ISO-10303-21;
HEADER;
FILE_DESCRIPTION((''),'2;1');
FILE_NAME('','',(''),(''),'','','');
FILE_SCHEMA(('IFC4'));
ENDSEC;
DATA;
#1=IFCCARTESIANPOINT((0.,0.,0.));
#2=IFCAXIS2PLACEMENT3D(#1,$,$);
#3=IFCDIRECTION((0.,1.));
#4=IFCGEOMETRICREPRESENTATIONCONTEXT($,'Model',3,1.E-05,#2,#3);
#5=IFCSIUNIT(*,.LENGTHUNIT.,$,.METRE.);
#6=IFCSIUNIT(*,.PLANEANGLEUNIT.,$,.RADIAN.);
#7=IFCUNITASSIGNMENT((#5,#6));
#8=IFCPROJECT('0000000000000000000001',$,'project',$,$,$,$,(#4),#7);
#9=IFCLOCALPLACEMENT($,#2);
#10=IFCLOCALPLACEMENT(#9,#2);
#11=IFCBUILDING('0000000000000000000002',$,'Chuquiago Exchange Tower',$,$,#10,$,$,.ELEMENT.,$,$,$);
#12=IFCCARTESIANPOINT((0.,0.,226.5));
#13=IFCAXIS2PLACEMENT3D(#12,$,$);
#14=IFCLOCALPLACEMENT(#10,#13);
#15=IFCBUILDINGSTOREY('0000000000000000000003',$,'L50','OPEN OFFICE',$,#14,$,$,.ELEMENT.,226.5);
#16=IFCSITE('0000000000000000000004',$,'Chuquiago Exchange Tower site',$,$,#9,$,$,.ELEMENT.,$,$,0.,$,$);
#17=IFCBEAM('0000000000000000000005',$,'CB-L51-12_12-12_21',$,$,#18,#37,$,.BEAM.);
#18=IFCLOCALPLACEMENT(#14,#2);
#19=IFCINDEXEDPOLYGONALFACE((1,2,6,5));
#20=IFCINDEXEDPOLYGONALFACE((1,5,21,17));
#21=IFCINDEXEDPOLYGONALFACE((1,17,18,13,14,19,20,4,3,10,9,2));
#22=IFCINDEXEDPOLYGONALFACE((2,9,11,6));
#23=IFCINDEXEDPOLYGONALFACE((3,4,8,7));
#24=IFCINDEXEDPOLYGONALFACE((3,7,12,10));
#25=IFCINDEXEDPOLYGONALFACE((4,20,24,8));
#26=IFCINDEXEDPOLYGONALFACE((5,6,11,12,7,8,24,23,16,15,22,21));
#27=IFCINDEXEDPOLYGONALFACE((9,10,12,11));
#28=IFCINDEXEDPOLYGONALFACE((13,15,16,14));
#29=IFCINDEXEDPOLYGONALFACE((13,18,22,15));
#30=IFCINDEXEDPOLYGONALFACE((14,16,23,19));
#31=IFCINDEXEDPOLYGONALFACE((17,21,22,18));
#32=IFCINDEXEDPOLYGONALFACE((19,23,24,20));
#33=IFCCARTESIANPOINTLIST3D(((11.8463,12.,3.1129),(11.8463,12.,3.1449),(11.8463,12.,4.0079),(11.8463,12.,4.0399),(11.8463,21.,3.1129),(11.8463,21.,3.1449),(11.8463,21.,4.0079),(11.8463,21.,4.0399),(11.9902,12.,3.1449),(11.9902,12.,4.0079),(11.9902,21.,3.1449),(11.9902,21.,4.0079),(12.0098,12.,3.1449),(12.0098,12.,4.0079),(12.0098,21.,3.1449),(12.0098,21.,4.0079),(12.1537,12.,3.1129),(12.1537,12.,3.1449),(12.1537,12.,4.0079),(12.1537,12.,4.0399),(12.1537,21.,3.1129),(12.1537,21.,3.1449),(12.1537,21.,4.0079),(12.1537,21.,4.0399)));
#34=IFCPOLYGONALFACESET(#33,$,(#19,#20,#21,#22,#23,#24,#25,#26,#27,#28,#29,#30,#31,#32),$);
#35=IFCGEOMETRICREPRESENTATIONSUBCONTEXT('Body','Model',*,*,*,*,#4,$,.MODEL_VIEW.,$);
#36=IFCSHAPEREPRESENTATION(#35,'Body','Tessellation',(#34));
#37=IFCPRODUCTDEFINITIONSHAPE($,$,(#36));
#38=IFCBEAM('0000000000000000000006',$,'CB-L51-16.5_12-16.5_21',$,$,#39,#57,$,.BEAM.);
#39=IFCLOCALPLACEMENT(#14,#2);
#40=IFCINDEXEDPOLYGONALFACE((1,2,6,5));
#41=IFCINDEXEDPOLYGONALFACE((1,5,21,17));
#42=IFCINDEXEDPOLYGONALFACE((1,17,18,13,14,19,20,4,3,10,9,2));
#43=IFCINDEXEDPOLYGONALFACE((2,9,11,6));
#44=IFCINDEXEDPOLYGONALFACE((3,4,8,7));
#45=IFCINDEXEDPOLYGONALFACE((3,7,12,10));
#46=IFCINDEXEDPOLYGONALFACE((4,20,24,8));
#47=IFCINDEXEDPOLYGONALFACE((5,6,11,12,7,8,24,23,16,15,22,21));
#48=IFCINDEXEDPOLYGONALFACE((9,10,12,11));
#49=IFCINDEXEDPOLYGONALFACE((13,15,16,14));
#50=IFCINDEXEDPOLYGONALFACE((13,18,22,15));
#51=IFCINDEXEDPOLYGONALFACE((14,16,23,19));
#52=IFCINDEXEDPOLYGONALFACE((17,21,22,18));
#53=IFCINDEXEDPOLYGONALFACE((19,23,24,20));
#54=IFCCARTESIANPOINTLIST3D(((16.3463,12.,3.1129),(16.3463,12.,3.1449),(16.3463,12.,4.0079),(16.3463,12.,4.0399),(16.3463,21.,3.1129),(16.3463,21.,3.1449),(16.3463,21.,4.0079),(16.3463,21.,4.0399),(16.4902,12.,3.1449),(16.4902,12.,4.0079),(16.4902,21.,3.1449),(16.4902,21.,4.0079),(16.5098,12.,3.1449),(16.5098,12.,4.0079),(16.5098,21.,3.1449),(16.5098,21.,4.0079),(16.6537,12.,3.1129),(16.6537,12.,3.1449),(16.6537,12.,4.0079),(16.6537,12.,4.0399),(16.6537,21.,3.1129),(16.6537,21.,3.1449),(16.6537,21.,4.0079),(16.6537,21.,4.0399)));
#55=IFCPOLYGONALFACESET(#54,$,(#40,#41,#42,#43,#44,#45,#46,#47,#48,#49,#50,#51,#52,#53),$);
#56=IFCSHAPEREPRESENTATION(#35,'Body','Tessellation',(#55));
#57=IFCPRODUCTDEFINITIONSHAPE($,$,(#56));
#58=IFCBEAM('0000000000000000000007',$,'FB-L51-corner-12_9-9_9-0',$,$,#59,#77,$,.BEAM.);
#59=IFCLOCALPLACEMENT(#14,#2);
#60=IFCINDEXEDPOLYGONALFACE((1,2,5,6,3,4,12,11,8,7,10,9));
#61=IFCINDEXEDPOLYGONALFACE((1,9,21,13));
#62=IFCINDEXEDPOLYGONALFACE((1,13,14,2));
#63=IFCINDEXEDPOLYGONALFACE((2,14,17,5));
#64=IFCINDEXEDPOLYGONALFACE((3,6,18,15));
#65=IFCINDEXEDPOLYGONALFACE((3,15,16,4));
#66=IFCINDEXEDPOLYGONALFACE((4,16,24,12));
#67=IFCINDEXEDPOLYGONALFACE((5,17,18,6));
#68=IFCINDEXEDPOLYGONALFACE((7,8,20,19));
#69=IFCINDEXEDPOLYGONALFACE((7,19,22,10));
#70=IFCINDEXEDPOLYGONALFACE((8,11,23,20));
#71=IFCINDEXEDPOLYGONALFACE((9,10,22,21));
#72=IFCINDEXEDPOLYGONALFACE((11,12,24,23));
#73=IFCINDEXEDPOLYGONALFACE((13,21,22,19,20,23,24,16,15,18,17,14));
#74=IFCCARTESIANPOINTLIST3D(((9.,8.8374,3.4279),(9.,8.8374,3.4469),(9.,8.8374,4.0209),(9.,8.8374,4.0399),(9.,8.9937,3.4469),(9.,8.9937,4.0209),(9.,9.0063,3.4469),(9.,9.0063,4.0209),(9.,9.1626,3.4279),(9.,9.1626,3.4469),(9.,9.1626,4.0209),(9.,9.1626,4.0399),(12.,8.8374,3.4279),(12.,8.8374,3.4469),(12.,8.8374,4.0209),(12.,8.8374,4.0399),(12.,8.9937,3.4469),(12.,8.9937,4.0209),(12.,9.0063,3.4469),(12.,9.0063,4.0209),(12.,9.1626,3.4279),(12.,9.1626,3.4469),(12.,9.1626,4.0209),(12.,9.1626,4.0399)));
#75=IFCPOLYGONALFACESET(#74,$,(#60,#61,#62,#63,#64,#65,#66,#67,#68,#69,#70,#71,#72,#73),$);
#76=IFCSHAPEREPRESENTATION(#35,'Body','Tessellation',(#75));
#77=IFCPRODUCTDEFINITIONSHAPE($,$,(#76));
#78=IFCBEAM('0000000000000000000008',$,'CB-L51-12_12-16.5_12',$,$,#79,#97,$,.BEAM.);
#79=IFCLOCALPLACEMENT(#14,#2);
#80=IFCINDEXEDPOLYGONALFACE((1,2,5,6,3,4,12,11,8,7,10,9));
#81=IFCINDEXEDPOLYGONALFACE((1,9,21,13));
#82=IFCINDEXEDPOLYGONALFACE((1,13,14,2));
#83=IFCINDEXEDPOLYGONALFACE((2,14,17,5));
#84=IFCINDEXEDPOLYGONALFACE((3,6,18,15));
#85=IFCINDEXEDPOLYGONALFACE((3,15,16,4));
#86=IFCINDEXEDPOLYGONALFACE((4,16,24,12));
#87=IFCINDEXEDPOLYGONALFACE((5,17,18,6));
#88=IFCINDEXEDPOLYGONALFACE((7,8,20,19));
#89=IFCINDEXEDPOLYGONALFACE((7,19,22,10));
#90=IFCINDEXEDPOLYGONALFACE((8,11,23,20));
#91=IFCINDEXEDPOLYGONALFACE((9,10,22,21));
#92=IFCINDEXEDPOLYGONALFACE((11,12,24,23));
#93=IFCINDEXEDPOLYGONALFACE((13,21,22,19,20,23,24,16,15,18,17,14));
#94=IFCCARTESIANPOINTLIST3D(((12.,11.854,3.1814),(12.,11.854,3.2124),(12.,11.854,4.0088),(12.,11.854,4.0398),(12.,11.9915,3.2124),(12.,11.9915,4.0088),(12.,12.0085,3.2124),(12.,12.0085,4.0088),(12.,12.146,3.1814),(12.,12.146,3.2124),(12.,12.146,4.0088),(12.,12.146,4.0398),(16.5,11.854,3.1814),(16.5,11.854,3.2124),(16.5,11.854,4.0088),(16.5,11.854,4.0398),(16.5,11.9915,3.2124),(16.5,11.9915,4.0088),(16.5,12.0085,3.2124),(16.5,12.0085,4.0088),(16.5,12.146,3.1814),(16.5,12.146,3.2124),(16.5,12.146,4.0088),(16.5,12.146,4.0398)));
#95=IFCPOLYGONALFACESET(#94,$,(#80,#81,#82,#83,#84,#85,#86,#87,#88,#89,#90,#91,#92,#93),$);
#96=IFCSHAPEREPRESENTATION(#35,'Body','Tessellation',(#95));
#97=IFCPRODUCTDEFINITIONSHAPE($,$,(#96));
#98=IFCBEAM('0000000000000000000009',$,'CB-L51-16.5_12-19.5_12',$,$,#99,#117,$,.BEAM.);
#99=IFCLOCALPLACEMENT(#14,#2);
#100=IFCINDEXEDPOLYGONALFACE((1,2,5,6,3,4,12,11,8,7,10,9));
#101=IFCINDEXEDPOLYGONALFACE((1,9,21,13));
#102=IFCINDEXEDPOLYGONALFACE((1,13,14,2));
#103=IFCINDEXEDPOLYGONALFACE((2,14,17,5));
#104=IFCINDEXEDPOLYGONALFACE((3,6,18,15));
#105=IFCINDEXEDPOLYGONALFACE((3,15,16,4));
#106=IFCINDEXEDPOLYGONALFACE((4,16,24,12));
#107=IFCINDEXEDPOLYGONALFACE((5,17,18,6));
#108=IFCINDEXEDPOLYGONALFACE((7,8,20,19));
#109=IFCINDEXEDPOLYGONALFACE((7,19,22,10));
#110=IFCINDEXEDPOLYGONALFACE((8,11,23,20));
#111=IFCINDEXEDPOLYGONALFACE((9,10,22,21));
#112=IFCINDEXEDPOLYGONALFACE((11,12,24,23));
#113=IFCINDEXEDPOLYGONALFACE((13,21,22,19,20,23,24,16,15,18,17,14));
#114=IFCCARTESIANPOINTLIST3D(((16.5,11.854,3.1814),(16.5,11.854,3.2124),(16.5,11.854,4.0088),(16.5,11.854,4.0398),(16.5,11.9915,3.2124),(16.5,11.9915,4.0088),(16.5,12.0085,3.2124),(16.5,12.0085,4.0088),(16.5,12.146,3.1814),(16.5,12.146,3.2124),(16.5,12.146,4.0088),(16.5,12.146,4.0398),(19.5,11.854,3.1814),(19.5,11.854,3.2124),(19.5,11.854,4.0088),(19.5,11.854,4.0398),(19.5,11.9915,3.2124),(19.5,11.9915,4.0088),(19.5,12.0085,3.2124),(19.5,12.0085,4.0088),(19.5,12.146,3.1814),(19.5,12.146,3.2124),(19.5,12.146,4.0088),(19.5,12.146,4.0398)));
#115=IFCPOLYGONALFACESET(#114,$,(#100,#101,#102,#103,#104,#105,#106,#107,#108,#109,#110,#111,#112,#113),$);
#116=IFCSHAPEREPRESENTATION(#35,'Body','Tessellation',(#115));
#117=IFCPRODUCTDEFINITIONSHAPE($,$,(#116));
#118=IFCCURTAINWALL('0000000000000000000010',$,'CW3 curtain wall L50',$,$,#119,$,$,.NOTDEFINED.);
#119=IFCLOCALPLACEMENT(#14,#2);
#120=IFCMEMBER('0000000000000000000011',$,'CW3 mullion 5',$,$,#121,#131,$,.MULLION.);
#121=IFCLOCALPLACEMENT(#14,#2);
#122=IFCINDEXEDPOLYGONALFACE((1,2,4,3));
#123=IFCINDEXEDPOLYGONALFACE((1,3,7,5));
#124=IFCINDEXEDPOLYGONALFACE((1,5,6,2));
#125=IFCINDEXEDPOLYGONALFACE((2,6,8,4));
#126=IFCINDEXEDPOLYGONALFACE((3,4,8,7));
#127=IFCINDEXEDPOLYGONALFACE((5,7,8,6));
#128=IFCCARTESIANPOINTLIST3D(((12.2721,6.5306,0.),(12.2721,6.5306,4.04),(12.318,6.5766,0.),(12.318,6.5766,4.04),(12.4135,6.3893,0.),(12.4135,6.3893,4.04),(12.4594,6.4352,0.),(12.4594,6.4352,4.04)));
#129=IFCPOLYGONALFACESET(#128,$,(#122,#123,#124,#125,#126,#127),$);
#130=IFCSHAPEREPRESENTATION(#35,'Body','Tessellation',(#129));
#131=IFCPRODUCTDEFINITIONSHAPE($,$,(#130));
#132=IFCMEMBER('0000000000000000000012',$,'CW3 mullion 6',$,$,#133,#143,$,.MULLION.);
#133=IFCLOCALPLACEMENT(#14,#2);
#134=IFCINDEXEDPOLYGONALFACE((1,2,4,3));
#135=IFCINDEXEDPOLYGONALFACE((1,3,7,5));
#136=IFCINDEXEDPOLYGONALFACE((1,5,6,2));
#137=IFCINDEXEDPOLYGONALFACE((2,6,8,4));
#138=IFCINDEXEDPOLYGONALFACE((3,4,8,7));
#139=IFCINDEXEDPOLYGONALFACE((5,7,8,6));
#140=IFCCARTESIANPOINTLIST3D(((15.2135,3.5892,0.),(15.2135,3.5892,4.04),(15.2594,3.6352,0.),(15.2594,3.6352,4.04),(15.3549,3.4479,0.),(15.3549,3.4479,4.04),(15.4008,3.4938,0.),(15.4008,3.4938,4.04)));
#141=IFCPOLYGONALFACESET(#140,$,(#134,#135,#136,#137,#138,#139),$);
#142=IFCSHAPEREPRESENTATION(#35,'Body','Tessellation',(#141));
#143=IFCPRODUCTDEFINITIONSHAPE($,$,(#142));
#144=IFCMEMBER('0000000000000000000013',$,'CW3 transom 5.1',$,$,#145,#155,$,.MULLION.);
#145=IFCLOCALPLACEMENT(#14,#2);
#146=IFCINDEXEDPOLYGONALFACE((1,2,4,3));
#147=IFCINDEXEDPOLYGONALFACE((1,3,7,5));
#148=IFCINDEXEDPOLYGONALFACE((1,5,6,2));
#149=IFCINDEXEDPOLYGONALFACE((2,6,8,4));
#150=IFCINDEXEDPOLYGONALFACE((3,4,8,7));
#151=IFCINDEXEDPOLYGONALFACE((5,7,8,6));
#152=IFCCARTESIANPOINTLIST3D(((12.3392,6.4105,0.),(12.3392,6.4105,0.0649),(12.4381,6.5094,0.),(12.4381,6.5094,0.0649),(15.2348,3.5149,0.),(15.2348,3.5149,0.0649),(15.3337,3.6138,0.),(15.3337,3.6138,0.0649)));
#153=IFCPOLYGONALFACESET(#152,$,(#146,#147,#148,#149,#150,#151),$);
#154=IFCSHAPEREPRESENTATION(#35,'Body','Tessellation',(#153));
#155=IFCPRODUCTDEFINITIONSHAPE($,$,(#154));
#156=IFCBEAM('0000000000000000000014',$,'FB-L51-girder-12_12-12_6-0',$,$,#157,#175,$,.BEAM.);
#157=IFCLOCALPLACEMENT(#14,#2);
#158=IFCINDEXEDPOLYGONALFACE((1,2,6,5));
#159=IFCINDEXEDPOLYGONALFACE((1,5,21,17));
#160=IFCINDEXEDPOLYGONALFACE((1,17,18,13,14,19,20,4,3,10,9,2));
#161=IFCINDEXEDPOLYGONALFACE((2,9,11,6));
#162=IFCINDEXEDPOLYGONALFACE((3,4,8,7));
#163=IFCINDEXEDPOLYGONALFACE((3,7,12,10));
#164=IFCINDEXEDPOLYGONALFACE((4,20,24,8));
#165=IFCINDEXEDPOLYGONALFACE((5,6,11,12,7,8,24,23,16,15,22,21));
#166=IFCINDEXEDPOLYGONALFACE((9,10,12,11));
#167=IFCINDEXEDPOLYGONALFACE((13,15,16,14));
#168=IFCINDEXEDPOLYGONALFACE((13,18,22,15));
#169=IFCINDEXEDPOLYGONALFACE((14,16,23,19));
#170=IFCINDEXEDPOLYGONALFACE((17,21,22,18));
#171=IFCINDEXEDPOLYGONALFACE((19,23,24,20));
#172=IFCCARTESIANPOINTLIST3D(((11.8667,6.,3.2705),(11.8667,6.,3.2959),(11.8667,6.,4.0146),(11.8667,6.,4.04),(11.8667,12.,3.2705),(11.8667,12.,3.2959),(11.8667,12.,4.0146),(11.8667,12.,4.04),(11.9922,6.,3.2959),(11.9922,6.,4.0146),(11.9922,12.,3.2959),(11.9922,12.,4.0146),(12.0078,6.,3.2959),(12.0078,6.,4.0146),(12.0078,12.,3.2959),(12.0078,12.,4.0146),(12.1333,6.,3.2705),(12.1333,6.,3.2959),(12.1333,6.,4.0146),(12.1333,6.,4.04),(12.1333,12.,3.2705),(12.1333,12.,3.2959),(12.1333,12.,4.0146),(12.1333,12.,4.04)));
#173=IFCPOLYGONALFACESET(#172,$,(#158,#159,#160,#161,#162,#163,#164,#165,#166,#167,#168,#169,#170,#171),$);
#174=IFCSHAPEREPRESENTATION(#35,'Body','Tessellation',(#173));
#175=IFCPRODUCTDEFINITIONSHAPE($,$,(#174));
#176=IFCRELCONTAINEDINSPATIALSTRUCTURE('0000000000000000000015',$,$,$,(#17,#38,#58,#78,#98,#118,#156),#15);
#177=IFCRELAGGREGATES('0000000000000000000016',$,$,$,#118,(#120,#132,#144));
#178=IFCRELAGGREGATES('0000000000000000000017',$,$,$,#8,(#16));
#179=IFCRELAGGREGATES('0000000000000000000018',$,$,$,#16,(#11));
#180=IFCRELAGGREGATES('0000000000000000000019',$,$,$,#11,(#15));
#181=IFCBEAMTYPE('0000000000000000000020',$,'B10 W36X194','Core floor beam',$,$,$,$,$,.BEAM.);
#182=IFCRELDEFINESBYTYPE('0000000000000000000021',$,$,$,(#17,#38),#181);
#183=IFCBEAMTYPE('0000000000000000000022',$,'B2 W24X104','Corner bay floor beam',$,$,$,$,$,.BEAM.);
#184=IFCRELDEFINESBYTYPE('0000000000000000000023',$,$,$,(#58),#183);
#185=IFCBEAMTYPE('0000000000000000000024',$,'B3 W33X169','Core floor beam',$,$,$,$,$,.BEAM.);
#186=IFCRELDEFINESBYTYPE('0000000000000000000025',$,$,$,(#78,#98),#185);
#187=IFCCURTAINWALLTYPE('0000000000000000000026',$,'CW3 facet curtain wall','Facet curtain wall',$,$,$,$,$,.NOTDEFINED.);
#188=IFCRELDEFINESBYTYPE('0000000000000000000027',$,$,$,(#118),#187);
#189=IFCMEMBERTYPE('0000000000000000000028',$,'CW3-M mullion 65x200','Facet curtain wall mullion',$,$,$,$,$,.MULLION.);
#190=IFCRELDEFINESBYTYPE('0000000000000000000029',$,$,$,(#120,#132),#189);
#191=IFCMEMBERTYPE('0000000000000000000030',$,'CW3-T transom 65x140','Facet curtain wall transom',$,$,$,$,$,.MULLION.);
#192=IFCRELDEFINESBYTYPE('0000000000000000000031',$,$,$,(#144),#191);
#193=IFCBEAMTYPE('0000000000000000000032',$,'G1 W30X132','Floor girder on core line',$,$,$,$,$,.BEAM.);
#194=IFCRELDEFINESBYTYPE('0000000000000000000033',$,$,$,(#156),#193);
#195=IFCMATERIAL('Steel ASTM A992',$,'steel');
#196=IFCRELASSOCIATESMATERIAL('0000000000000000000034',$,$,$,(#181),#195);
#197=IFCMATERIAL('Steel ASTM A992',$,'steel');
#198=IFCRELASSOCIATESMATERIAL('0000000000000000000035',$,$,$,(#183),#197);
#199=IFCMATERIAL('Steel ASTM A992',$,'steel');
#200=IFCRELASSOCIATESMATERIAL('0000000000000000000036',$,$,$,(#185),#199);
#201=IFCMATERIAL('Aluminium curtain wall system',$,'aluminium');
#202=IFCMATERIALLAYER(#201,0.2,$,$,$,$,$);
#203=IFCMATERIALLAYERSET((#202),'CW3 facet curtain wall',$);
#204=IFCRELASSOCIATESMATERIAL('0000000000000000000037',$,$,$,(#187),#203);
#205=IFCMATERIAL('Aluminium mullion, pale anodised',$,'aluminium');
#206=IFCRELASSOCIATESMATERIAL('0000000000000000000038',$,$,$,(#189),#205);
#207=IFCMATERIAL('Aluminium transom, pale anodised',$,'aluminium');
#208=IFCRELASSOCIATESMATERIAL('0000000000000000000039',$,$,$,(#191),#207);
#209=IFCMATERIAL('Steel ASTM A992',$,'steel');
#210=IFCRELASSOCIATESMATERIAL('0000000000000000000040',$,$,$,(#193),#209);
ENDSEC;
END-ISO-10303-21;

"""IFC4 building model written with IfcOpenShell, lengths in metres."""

from ifc_helpers import new_model, si_unit, direction, frame, origin, origin_2d, place, context, subcontext, project, spatial, rectangle, i_section, extrude, material, layer, layer_set, material_profile, profile_set, type_object, element, aggregate, save


model = new_model("IFC4")

# Units and contexts
model_context = context("Model", 3, precision=1e-05, world=origin(), true_north=direction((0.0, 1.0)))
body_context = subcontext(model_context, "Body", "Model", "MODEL_VIEW")
ifc_project = project(units=[si_unit("LENGTHUNIT", "METRE"), si_unit("PLANEANGLEUNIT", "RADIAN")], contexts=[model_context])

# Site, building, storey
site_placement = place(None, origin())
site = spatial("IfcSite", under=ifc_project, at=site_placement, Name="Chuquiago Exchange Tower site", CompositionType="ELEMENT", RefElevation=0.0)
building_placement = place(site_placement, origin())
building = spatial("IfcBuilding", under=site, at=building_placement, Name="Chuquiago Exchange Tower", CompositionType="ELEMENT")
storey_placement = place(building_placement, frame((0.0, 0.0, 226.5)))
storey = spatial("IfcBuildingStorey", under=building, at=storey_placement, Name="L50", Description="OPEN OFFICE", CompositionType="ELEMENT", Elevation=226.5)

# Beams
ifc_material_1 = material(Name="Steel ASTM A992", Category="steel")
ifc_material_profile_1 = material_profile(ifc_material_1, i_section(OverallWidth=0.3074, OverallDepth=0.927, WebThickness=0.0195, FlangeThickness=0.032, at=origin_2d()), Name="W36X194")
ifc_profile_set_1 = profile_set([ifc_material_profile_1], Name="Steel ASTM A992")
beam_type_1 = type_object("IfcBeamType", Name="B10 W36X194", Description="Core floor beam", PredefinedType="BEAM", material=ifc_profile_set_1)
for number, where, z_axis, x_axis, name in (
    (1, (12.0, 12.0, 3.5764), (0.0, 1.0, 0.0), (-1.0, 0.0, 0.0), "CB-L51-12_12-12_21"),
    (2, (16.5, 12.0, 3.5764), (0.0, 1.0, 0.0), (-1.0, 0.0, 0.0), "CB-L51-16.5_12-16.5_21"),
):
    element("IfcBeam", number, at=place(storey_placement, frame(where, z_axis=z_axis, x_axis=x_axis)), inside=storey, type_object=beam_type_1, Name=name, PredefinedType="BEAM", context=body_context, shape_type="SweptSolid", body=[
        extrude(i_section(OverallWidth=0.3074, OverallDepth=0.927, WebThickness=0.0195, FlangeThickness=0.032, at=origin_2d()), origin(), (0.0, 0.0, 1.0), 9.0),
    ])
ifc_material_2 = material(Name="Steel ASTM A992", Category="steel")
ifc_material_profile_2 = material_profile(ifc_material_2, i_section(OverallWidth=0.3252, OverallDepth=0.6121, WebThickness=0.0127, FlangeThickness=0.019, at=origin_2d()), Name="W24X104")
ifc_profile_set_2 = profile_set([ifc_material_profile_2], Name="Steel ASTM A992")
beam_type_2 = type_object("IfcBeamType", Name="B2 W24X104", Description="Corner bay floor beam", PredefinedType="BEAM", material=ifc_profile_set_2)
beam_1_placement = place(storey_placement, frame((12.0, 9.0, 3.7339), z_axis=(-1.0, 0.0, 0.0), x_axis=(0.0, -1.0, 0.0)))
element("IfcBeam", 3, at=beam_1_placement, inside=storey, type_object=beam_type_2, Name="FB-L51-corner-12_9-9_9-0", PredefinedType="BEAM", context=body_context, shape_type="SweptSolid", body=[
    extrude(i_section(OverallWidth=0.3252, OverallDepth=0.6121, WebThickness=0.0127, FlangeThickness=0.019, at=origin_2d()), origin(), (0.0, 0.0, 1.0), 3.0),
])
ifc_material_3 = material(Name="Steel ASTM A992", Category="steel")
ifc_material_profile_3 = material_profile(ifc_material_3, i_section(OverallWidth=0.292, OverallDepth=0.8584, WebThickness=0.0171, FlangeThickness=0.031, at=origin_2d()), Name="W33X169")
ifc_profile_set_3 = profile_set([ifc_material_profile_3], Name="Steel ASTM A992")
beam_type_3 = type_object("IfcBeamType", Name="B3 W33X169", Description="Core floor beam", PredefinedType="BEAM", material=ifc_profile_set_3)
beam_2_placement = place(storey_placement, frame((12.0, 12.0, 3.6106), z_axis=(1.0, 0.0, 0.0), x_axis=(0.0, 1.0, 0.0)))
element("IfcBeam", 4, at=beam_2_placement, inside=storey, type_object=beam_type_3, Name="CB-L51-12_12-16.5_12", PredefinedType="BEAM", context=body_context, shape_type="SweptSolid", body=[
    extrude(i_section(OverallWidth=0.292, OverallDepth=0.8584, WebThickness=0.0171, FlangeThickness=0.031, at=origin_2d()), origin(), (0.0, 0.0, 1.0), 4.5),
])
beam_3_placement = place(storey_placement, frame((16.5, 12.0, 3.6106), z_axis=(1.0, 0.0, 0.0), x_axis=(0.0, 1.0, 0.0)))
element("IfcBeam", 5, at=beam_3_placement, inside=storey, type_object=beam_type_3, Name="CB-L51-16.5_12-19.5_12", PredefinedType="BEAM", context=body_context, shape_type="SweptSolid", body=[
    extrude(i_section(OverallWidth=0.292, OverallDepth=0.8584, WebThickness=0.0171, FlangeThickness=0.031, at=origin_2d()), origin(), (0.0, 0.0, 1.0), 3.0),
])

# Curtain wall, members
ifc_material_4 = material(Name="Aluminium curtain wall system", Category="aluminium")
ifc_layer_1 = layer(ifc_material_4, 0.2)
ifc_layer_set_1 = layer_set([ifc_layer_1], Name="CW3 facet curtain wall")
curtain_wall_type = type_object("IfcCurtainWallType", Name="CW3 facet curtain wall", Description="Facet curtain wall", PredefinedType="NOTDEFINED", material=ifc_layer_set_1)
curtain_wall_placement = place(storey_placement, origin())
curtain_wall = element("IfcCurtainWall", 6, at=curtain_wall_placement, inside=storey, type_object=curtain_wall_type, Name="CW3 curtain wall L50", PredefinedType="NOTDEFINED")
ifc_material_5 = material(Name="Aluminium mullion, pale anodised", Category="aluminium")
ifc_material_profile_4 = material_profile(ifc_material_5, rectangle(XDim=0.0649, YDim=0.2, at=origin_2d()), Name="AL 65x200")
ifc_profile_set_4 = profile_set([ifc_material_profile_4], Name="Aluminium mullion, pale anodised")
member_type_1 = type_object("IfcMemberType", Name="CW3-M mullion 65x200", Description="Facet curtain wall mullion", PredefinedType="MULLION", material=ifc_profile_set_4)
member_1_placement = place(storey_placement, frame((12.3657, 6.4829, 0.0), z_axis=(0.0, 0.0, 1.0), x_axis=(0.707107, 0.707107, 0.0)))
member_1 = element("IfcMember", 7, at=member_1_placement, type_object=member_type_1, Name="CW3 mullion 5", PredefinedType="MULLION", context=body_context, shape_type="SweptSolid", body=[
    extrude(rectangle(XDim=0.0649, YDim=0.2, at=origin_2d()), origin(), (0.0, 0.0, 1.0), 4.04),
])
member_2_placement = place(storey_placement, frame((15.3071, 3.5415, 0.0), z_axis=(0.0, 0.0, 1.0), x_axis=(0.707107, 0.707107, 0.0)))
member_2 = element("IfcMember", 8, at=member_2_placement, type_object=member_type_1, Name="CW3 mullion 6", PredefinedType="MULLION", context=body_context, shape_type="SweptSolid", body=[
    extrude(rectangle(XDim=0.0649, YDim=0.2, at=origin_2d()), origin(), (0.0, 0.0, 1.0), 4.04),
])
ifc_material_6 = material(Name="Aluminium transom, pale anodised", Category="aluminium")
ifc_material_profile_5 = material_profile(ifc_material_6, rectangle(XDim=0.1399, YDim=0.0649, at=origin_2d()), Name="AL 140x65")
ifc_profile_set_5 = profile_set([ifc_material_profile_5], Name="Aluminium transom, pale anodised")
member_type_2 = type_object("IfcMemberType", Name="CW3-T transom 65x140", Description="Facet curtain wall transom", PredefinedType="MULLION", material=ifc_profile_set_5)
member_3_placement = place(storey_placement, frame((12.3887, 6.46, 0.0325), z_axis=(0.707107, -0.707107, 0.0), x_axis=(0.707107, 0.707107, 0.0)))
member_3 = element("IfcMember", 9, at=member_3_placement, type_object=member_type_2, Name="CW3 transom 5.1", PredefinedType="MULLION", context=body_context, shape_type="SweptSolid", body=[
    extrude(rectangle(XDim=0.1399, YDim=0.0649, at=origin_2d()), origin(), (0.0, 0.0, 1.0), 4.095),
])

# Beam
ifc_material_7 = material(Name="Steel ASTM A992", Category="steel")
ifc_material_profile_6 = material_profile(ifc_material_7, i_section(OverallWidth=0.2666, OverallDepth=0.7695, WebThickness=0.0156, FlangeThickness=0.0254, at=origin_2d()), Name="W30X132")
ifc_profile_set_6 = profile_set([ifc_material_profile_6], Name="Steel ASTM A992")
beam_type_4 = type_object("IfcBeamType", Name="G1 W30X132", Description="Floor girder on core line", PredefinedType="BEAM", material=ifc_profile_set_6)
for number, where, z_axis, x_axis, name in (
    (10, (12.0, 12.0, 3.6553), (0.0, -1.0, 0.0), (1.0, 0.0, 0.0), "FB-L51-girder-12_12-12_6-0"),
):
    element("IfcBeam", number, at=place(storey_placement, frame(where, z_axis=z_axis, x_axis=x_axis)), inside=storey, type_object=beam_type_4, Name=name, PredefinedType="BEAM", context=body_context, shape_type="SweptSolid", body=[
        extrude(i_section(OverallWidth=0.2666, OverallDepth=0.7695, WebThickness=0.0156, FlangeThickness=0.0254, at=origin_2d()), origin(), (0.0, 0.0, 1.0), 6.0),
    ])

aggregate(curtain_wall, [member_1, member_2, member_3])

save(model, "model.ifc")
